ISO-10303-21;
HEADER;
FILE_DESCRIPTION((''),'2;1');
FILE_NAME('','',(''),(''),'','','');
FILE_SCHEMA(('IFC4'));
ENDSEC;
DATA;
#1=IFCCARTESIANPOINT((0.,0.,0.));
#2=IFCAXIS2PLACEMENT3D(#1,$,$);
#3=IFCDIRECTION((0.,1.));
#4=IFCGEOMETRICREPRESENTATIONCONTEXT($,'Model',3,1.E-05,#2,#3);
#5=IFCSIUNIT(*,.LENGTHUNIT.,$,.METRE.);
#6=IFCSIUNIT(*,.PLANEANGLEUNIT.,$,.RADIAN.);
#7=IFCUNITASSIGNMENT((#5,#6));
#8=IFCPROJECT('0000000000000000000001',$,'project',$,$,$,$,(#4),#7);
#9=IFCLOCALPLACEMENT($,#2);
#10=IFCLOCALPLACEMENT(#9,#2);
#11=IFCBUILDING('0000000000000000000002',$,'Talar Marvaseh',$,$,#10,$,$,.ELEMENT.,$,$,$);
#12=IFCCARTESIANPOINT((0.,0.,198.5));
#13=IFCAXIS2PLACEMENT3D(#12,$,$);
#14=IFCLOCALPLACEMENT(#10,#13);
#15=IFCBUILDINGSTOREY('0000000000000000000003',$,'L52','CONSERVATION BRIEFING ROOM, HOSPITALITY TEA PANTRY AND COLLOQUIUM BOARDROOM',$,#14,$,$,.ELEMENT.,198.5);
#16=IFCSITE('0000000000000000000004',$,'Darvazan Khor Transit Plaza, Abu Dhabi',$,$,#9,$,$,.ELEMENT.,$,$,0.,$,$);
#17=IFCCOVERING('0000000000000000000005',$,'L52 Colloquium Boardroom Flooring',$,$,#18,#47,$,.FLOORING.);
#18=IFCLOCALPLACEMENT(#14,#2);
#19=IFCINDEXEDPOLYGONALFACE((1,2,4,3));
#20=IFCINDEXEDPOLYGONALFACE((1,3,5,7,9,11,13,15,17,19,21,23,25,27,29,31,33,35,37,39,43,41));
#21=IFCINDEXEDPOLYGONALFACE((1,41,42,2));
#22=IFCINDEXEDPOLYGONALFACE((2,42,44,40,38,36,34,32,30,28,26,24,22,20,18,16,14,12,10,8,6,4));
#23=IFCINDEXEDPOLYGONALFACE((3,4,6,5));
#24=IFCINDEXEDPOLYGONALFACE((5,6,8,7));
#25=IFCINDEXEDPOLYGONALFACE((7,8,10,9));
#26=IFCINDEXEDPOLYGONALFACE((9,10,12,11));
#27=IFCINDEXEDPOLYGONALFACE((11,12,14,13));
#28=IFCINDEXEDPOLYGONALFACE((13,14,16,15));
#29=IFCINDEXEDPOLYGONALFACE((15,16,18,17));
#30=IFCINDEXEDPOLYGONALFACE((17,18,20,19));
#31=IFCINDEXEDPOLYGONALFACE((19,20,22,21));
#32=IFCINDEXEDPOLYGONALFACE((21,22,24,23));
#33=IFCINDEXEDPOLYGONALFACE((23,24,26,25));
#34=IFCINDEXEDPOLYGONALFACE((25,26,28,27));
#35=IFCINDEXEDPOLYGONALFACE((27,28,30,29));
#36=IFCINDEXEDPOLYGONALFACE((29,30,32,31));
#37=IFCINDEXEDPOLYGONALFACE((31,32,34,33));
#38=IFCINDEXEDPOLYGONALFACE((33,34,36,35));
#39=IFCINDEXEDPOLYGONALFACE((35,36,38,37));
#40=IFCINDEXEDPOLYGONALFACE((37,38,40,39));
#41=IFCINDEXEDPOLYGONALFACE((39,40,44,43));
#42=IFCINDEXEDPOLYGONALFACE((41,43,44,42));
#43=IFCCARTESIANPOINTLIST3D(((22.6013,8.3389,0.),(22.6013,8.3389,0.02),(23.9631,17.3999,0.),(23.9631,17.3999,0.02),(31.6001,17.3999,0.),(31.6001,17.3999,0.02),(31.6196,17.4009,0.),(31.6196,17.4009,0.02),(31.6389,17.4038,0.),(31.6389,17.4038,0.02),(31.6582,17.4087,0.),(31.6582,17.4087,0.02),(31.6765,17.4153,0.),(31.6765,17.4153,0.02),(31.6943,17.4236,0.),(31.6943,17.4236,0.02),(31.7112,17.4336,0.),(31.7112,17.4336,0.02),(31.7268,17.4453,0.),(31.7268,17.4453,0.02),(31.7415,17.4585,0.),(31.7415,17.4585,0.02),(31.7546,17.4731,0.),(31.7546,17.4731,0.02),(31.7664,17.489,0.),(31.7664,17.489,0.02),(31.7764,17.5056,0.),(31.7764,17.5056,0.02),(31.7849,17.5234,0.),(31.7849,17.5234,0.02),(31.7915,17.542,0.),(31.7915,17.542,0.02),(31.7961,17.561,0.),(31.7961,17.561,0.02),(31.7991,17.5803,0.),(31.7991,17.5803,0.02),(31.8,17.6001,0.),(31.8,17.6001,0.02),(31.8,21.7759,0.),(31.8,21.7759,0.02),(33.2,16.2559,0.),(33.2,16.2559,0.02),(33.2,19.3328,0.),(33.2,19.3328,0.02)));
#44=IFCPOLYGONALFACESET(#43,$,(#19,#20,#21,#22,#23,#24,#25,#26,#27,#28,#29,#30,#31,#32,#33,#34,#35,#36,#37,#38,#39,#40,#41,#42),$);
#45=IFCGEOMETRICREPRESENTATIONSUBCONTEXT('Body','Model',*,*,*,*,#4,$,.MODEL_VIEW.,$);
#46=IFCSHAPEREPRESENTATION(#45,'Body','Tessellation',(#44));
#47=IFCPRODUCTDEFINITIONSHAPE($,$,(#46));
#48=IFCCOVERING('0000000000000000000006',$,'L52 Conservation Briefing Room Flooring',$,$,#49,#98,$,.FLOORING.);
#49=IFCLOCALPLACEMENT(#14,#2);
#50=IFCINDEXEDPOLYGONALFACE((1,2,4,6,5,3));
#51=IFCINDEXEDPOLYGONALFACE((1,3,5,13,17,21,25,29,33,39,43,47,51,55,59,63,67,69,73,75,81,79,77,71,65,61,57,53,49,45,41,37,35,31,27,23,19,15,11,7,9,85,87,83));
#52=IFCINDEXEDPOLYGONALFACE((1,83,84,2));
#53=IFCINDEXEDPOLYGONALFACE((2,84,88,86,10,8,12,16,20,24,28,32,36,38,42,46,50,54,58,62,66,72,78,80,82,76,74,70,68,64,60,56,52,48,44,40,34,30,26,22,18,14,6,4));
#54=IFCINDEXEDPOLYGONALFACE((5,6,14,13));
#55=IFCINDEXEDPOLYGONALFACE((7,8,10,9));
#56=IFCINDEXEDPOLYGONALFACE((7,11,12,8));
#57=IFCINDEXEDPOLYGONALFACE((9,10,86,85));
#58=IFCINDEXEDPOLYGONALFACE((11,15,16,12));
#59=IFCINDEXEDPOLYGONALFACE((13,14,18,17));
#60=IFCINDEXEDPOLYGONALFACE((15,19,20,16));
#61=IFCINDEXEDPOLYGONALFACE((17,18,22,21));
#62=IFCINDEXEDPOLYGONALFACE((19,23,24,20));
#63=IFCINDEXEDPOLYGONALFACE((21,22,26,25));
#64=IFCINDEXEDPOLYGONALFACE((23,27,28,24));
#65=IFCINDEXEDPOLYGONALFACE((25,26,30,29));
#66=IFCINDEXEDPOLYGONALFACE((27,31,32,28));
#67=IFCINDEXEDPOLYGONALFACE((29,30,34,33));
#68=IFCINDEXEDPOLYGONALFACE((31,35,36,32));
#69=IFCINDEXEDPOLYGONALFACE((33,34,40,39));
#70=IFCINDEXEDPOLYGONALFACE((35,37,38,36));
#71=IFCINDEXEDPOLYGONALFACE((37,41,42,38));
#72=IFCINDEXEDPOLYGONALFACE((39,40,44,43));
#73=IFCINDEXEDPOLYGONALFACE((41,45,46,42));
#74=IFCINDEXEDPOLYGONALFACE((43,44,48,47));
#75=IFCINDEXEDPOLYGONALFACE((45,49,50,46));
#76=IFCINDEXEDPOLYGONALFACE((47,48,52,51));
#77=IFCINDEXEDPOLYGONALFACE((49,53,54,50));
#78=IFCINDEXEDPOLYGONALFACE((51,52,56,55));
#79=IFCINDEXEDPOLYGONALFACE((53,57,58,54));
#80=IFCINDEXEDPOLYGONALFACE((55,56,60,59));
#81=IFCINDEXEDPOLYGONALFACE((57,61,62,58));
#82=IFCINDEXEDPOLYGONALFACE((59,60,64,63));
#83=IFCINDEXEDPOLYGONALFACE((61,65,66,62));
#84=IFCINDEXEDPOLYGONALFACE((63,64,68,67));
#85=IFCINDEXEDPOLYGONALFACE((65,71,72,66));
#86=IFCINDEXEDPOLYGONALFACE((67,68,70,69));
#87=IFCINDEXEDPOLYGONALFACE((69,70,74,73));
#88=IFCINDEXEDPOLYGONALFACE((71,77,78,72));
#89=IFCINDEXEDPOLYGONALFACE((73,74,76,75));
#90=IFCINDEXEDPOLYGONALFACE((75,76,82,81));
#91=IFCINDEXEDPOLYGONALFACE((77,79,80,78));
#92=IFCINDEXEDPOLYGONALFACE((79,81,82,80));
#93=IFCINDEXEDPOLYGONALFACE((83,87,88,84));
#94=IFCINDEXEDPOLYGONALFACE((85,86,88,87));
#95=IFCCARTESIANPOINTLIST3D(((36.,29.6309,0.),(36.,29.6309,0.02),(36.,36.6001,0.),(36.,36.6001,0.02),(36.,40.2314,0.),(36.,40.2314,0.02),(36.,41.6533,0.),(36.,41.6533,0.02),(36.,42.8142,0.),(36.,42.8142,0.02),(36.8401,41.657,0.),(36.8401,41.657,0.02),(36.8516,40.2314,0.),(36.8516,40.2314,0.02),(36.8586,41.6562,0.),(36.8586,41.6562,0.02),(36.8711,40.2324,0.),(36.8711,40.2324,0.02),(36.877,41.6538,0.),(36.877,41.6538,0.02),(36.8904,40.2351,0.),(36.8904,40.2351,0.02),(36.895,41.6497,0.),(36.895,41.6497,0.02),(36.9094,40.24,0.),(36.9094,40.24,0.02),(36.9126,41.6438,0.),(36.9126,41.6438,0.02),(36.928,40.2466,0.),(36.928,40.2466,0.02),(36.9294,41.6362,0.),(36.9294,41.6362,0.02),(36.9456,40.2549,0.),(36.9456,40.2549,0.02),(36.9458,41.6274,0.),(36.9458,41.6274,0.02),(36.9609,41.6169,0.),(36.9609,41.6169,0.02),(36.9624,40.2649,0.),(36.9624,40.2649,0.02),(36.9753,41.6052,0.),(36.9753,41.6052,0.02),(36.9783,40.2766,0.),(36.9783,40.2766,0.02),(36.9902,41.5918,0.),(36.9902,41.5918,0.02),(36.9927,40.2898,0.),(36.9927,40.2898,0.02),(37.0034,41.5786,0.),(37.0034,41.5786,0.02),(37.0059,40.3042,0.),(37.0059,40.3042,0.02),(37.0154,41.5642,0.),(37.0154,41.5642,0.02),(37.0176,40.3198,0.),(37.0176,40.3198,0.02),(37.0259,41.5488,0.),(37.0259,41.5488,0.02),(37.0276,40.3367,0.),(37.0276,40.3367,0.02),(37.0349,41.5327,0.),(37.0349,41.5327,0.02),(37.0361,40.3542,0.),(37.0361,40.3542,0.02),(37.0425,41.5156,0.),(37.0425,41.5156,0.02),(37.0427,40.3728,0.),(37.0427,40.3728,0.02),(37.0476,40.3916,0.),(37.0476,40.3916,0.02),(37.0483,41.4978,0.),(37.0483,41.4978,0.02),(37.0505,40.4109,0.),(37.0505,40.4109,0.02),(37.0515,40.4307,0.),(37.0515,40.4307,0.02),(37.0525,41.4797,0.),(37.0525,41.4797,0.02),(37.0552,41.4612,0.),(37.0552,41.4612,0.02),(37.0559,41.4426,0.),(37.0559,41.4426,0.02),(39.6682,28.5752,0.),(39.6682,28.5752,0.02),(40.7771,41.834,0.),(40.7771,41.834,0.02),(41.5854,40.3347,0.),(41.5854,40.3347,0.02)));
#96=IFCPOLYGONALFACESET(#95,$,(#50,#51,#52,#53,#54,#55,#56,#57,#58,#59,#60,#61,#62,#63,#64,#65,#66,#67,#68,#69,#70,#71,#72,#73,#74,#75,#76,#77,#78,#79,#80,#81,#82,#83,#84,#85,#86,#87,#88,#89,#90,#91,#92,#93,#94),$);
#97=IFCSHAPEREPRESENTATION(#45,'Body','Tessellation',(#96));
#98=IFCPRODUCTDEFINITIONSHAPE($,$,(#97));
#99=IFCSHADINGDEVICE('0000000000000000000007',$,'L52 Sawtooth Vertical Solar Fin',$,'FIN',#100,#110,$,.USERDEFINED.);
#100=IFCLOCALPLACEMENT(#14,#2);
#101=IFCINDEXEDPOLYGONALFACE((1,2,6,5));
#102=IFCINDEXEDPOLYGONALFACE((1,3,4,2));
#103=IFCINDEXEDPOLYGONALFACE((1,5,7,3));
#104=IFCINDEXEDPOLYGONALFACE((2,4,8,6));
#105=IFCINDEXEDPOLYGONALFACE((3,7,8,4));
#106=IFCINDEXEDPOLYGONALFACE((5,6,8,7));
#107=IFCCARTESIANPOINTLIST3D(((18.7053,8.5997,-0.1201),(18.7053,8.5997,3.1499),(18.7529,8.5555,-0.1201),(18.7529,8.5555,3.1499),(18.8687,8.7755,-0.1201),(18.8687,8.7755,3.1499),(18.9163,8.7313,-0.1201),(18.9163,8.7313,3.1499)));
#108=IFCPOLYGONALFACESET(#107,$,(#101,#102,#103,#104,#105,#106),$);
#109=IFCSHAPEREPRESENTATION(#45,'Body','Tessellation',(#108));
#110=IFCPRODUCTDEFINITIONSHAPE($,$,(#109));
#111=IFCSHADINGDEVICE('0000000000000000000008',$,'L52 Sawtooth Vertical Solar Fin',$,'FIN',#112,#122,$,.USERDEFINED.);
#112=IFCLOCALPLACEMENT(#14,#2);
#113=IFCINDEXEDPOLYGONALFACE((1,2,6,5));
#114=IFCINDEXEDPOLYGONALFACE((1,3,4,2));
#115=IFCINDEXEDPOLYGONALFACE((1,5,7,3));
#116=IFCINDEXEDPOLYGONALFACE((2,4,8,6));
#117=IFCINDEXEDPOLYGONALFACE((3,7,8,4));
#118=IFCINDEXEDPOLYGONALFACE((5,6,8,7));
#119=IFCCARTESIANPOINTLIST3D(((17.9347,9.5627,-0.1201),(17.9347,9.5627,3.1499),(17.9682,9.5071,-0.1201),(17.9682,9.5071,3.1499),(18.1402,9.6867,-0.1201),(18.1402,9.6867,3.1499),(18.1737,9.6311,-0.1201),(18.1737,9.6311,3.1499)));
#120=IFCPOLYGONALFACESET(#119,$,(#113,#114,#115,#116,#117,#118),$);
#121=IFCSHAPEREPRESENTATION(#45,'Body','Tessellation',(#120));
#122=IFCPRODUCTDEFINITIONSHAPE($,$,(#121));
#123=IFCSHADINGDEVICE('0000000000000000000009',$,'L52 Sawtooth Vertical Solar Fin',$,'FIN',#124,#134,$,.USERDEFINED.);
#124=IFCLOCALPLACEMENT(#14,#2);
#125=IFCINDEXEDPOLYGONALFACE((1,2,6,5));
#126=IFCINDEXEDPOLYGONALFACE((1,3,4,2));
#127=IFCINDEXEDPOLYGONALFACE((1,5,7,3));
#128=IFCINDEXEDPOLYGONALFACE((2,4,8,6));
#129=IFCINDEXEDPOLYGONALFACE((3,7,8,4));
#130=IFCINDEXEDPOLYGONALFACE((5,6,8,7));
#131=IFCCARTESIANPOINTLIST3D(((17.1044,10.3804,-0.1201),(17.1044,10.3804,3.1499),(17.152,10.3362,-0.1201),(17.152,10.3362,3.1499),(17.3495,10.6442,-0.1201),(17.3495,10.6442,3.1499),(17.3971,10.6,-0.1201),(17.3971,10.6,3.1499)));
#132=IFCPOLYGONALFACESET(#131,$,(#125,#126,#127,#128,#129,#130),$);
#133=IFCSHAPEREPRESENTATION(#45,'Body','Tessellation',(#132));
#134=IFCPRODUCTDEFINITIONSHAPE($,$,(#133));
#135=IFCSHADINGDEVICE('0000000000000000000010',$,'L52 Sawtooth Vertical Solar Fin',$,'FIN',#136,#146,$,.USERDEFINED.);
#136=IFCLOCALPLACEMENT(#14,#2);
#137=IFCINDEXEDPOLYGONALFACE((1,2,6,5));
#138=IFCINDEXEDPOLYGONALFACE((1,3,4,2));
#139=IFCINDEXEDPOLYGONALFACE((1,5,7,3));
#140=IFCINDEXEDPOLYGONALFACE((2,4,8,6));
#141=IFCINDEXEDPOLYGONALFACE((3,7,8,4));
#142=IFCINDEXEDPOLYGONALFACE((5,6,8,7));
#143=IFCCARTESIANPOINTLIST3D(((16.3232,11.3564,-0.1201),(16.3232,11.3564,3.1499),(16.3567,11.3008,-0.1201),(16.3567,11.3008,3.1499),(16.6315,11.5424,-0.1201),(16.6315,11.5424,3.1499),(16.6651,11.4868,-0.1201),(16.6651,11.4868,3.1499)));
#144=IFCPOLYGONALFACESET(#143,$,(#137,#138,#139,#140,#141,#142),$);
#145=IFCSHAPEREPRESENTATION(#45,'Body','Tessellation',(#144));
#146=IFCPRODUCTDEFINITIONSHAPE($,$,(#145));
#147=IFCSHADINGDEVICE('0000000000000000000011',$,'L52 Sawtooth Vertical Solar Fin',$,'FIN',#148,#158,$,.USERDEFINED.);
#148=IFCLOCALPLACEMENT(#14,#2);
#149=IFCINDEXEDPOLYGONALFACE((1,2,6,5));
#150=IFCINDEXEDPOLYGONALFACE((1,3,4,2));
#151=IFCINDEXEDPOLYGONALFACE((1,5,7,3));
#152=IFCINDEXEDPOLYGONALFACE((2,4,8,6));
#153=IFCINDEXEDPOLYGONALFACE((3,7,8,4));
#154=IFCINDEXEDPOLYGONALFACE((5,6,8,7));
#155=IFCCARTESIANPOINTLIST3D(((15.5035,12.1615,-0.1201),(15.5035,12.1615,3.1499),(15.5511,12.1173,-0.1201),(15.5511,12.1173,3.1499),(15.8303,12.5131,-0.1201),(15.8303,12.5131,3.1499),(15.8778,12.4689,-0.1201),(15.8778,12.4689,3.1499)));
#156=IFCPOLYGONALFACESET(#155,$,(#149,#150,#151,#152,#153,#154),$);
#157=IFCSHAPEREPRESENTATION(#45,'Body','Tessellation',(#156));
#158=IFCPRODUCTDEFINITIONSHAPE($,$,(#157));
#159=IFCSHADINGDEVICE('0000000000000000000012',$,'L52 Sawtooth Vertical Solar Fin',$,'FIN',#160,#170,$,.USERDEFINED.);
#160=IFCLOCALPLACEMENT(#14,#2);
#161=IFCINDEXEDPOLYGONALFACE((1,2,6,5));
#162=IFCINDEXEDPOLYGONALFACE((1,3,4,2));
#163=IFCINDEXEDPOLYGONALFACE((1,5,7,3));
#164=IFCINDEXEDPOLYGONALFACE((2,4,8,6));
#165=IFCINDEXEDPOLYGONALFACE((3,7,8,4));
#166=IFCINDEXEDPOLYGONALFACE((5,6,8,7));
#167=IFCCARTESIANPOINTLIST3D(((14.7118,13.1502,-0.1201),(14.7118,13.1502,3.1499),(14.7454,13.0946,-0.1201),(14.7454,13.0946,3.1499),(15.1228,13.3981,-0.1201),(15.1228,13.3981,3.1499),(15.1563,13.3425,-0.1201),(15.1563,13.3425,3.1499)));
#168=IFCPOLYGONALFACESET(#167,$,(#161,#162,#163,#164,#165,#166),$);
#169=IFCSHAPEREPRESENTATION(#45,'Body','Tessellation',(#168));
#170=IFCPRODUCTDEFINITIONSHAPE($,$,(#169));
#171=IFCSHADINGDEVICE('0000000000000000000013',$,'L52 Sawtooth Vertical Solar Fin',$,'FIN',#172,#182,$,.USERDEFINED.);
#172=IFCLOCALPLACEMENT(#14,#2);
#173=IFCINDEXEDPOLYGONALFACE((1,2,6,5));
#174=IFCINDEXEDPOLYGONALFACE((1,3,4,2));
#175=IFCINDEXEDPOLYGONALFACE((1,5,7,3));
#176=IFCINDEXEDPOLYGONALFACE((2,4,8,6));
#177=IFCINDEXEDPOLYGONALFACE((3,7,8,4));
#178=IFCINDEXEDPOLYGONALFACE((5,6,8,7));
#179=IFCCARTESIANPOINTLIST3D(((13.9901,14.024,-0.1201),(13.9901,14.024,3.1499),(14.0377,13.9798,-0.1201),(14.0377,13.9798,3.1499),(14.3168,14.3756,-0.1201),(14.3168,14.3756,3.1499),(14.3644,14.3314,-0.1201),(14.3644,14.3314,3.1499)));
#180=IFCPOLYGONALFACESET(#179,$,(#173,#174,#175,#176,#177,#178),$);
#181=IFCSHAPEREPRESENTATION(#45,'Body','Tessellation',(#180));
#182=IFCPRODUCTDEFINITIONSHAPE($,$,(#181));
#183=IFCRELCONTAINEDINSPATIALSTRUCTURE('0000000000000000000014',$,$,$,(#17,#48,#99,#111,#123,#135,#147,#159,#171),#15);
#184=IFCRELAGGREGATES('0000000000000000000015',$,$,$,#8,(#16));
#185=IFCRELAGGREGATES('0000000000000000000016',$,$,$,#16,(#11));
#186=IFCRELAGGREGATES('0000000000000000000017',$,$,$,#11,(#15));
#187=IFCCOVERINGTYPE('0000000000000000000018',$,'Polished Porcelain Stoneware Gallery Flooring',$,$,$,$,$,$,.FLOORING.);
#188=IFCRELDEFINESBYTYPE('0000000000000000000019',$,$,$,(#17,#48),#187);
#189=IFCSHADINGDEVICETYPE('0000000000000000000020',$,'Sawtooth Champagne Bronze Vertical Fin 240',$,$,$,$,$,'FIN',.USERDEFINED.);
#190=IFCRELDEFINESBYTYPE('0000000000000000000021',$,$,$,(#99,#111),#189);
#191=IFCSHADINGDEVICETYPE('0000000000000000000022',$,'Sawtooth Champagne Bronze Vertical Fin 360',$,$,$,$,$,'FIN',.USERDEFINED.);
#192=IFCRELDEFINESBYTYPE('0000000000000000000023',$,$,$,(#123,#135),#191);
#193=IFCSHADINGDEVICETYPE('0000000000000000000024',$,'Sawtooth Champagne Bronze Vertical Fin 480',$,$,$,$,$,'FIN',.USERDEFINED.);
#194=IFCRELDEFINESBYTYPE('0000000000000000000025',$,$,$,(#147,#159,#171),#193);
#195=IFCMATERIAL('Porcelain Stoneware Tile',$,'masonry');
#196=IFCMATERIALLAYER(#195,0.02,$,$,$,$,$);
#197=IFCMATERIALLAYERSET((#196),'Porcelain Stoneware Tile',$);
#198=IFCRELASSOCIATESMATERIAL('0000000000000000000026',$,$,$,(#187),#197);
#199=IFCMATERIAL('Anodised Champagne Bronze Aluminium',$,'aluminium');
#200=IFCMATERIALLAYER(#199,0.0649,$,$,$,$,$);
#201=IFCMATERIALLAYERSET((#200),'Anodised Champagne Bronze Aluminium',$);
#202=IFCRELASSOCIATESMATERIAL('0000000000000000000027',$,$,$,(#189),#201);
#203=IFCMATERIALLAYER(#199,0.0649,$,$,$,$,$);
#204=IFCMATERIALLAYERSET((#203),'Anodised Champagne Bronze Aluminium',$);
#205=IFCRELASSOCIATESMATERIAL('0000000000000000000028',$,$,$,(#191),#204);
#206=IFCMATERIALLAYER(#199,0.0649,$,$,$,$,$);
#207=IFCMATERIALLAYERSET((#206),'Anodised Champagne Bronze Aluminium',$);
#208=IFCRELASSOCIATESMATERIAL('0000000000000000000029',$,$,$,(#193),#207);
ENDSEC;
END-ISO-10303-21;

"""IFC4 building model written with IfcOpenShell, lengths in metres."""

from ifc_helpers import new_model, si_unit, direction, frame, origin, origin_2d, place, context, subcontext, project, spatial, polyline, rectangle, outline, extrude, source, transform, mapped, material, layer, layer_set, type_object, type_shapes, element, save


model = new_model("IFC4")

# Units and contexts
model_context = context("Model", 3, precision=1e-05, world=origin(), true_north=direction((0.0, 1.0)))
body_context = subcontext(model_context, "Body", "Model", "MODEL_VIEW")
ifc_project = project(units=[si_unit("LENGTHUNIT", "METRE"), si_unit("PLANEANGLEUNIT", "RADIAN")], contexts=[model_context])

# Site, building, storey
site_placement = place(None, origin())
site = spatial("IfcSite", under=ifc_project, at=site_placement, Name="Darvazan Khor Transit Plaza, Abu Dhabi", CompositionType="ELEMENT", RefElevation=0.0)
building_placement = place(site_placement, origin())
building = spatial("IfcBuilding", under=site, at=building_placement, Name="Talar Marvaseh", CompositionType="ELEMENT")
storey_placement = place(building_placement, frame((0.0, 0.0, 198.5)))
storey = spatial("IfcBuildingStorey", under=building, at=storey_placement, Name="L52", Description="CONSERVATION BRIEFING ROOM, HOSPITALITY TEA PANTRY AND COLLOQUIUM BOARDROOM", CompositionType="ELEMENT", Elevation=198.5)

# Coverings
ifc_material_1 = material(Name="Porcelain Stoneware Tile", Category="masonry")
ifc_layer_1 = layer(ifc_material_1, 0.02)
ifc_layer_set_1 = layer_set([ifc_layer_1], Name="Porcelain Stoneware Tile")
covering_type_1 = type_object("IfcCoveringType", Name="Polished Porcelain Stoneware Gallery Flooring", PredefinedType="FLOORING", material=ifc_layer_set_1)
covering_1_placement = place(storey_placement, origin())
element("IfcCovering", 1, at=covering_1_placement, inside=storey, type_object=covering_type_1, Name="L52 Colloquium Boardroom Flooring", PredefinedType="FLOORING", context=body_context, shape_type="SweptSolid", body=[
    extrude(outline(polyline([(31.6196, 17.4009), (31.6389, 17.4038), (31.6582, 17.4087), (31.6765, 17.4153), (31.6943, 17.4236), (31.7112, 17.4336), (31.7268, 17.4453), (31.7415, 17.4585), (31.7546, 17.4731), (31.7664, 17.489), (31.7764, 17.5056), (31.7849, 17.5234), (31.7915, 17.542), (31.7961, 17.561), (31.7991, 17.5803), (31.8, 17.6001), (31.8, 21.7759), (33.2, 19.3328), (33.2, 16.2559), (22.6013, 8.3389), (23.9631, 17.3999), (31.6001, 17.3999), (31.6196, 17.4009)])), origin(), (0.0, 0.0, 1.0), 0.02),
])
covering_2_placement = place(storey_placement, origin())
element("IfcCovering", 2, at=covering_2_placement, inside=storey, type_object=covering_type_1, Name="L52 Conservation Briefing Room Flooring", PredefinedType="FLOORING", context=body_context, shape_type="SweptSolid", body=[
    extrude(outline(polyline([(41.5854, 40.3347), (39.6682, 28.5752), (36.0, 29.6309), (36.0, 36.6001), (36.0, 40.2314), (36.8516, 40.2314), (36.8711, 40.2324), (36.8904, 40.2351), (36.9094, 40.24), (36.928, 40.2466), (36.9456, 40.2549), (36.9624, 40.2649), (36.9783, 40.2766), (36.9927, 40.2898), (37.0059, 40.3042), (37.0176, 40.3198), (37.0276, 40.3367), (37.0361, 40.3542), (37.0427, 40.3728), (37.0476, 40.3916), (37.0505, 40.4109), (37.0515, 40.4307), (37.0559, 41.4426), (37.0552, 41.4612), (37.0525, 41.4797), (37.0483, 41.4978), (37.0425, 41.5156), (37.0349, 41.5327), (37.0259, 41.5488), (37.0154, 41.5642), (37.0034, 41.5786), (36.9902, 41.5918), (36.9753, 41.6052), (36.9609, 41.6169), (36.9458, 41.6274), (36.9294, 41.6362), (36.9126, 41.6438), (36.895, 41.6497), (36.877, 41.6538), (36.8586, 41.6562), (36.8401, 41.657), (36.0, 41.6533), (36.0, 42.8142), (40.7771, 41.834), (41.5854, 40.3347)])), origin(), (0.0, 0.0, 1.0), 0.02),
])

# Shading devices
ifc_material_2 = material(Name="Anodised Champagne Bronze Aluminium", Category="aluminium")
ifc_layer_2 = layer(ifc_material_2, 0.0649)
ifc_layer_set_2 = layer_set([ifc_layer_2], Name="Anodised Champagne Bronze Aluminium")
shading_device_type_1 = type_object("IfcShadingDeviceType", Name="Sawtooth Champagne Bronze Vertical Fin 240", ElementType="FIN", PredefinedType="USERDEFINED", material=ifc_layer_set_2)
shared_shape_1 = source(origin(), body_context, "Body", "SweptSolid", [
    extrude(rectangle(XDim=0.24, YDim=0.0649, at=origin_2d()), origin(), (0.0, 0.0, 1.0), 3.27),
])
type_shapes(shading_device_type_1, [shared_shape_1])
for number, where, z_axis, x_axis, name in (
    (3, (18.8108, 8.6655, -0.1201), (0.0, 0.0, 1.0), (-0.680721, -0.732543, 0.0), "L52 Sawtooth Vertical Solar Fin"),
    (4, (18.0542, 9.5969, -0.1201), (0.0, 0.0, 1.0), (-0.856267, -0.516533, 0.0), "L52 Sawtooth Vertical Solar Fin"),
):
    element("IfcShadingDevice", number, at=place(storey_placement, frame(where, z_axis=z_axis, x_axis=x_axis)), inside=storey, type_object=shading_device_type_1, Name=name, ObjectType="FIN", PredefinedType="USERDEFINED", context=body_context, shape_type="MappedRepresentation", body=[
        mapped(shared_shape_1, transform((0.0, 0.0, 0.0), x_axis=(1.0, 0.0, 0.0), y_axis=(0.0, 1.0, 0.0), z_axis=(0.0, 0.0, 1.0), scale=1.0)),
    ])
ifc_layer_3 = layer(ifc_material_2, 0.0649)
ifc_layer_set_3 = layer_set([ifc_layer_3], Name="Anodised Champagne Bronze Aluminium")
shading_device_type_2 = type_object("IfcShadingDeviceType", Name="Sawtooth Champagne Bronze Vertical Fin 360", ElementType="FIN", PredefinedType="USERDEFINED", material=ifc_layer_set_3)
shared_shape_2 = source(origin(), body_context, "Body", "SweptSolid", [
    extrude(rectangle(XDim=0.3601, YDim=0.0649, at=origin_2d()), origin(), (0.0, 0.0, 1.0), 3.27),
])
type_shapes(shading_device_type_2, [shared_shape_2])
for number, where, z_axis, x_axis, name in (
    (5, (17.2507, 10.4902, -0.1201), (0.0, 0.0, 1.0), (-0.680721, -0.732543, 0.0), "L52 Sawtooth Vertical Solar Fin"),
    (6, (16.4941, 11.4216, -0.1201), (0.0, 0.0, 1.0), (-0.856267, -0.516533, 0.0), "L52 Sawtooth Vertical Solar Fin"),
):
    element("IfcShadingDevice", number, at=place(storey_placement, frame(where, z_axis=z_axis, x_axis=x_axis)), inside=storey, type_object=shading_device_type_2, Name=name, ObjectType="FIN", PredefinedType="USERDEFINED", context=body_context, shape_type="MappedRepresentation", body=[
        mapped(shared_shape_2, transform((0.0, 0.0, 0.0), x_axis=(1.0, 0.0, 0.0), y_axis=(0.0, 1.0, 0.0), z_axis=(0.0, 0.0, 1.0), scale=1.0)),
    ])
ifc_layer_4 = layer(ifc_material_2, 0.0649)
ifc_layer_set_4 = layer_set([ifc_layer_4], Name="Anodised Champagne Bronze Aluminium")
shading_device_type_3 = type_object("IfcShadingDeviceType", Name="Sawtooth Champagne Bronze Vertical Fin 480", ElementType="FIN", PredefinedType="USERDEFINED", material=ifc_layer_set_4)
shared_shape_3 = source(origin(), body_context, "Body", "SweptSolid", [
    extrude(rectangle(XDim=0.48, YDim=0.0649, at=origin_2d()), origin(), (0.0, 0.0, 1.0), 3.27),
])
type_shapes(shading_device_type_3, [shared_shape_3])
for number, where, z_axis, x_axis, name in (
    (7, (15.6907, 12.3152, -0.1201), (0.0, 0.0, 1.0), (-0.680721, -0.732543, 0.0), "L52 Sawtooth Vertical Solar Fin"),
    (8, (14.9341, 13.2463, -0.1201), (0.0, 0.0, 1.0), (-0.856267, -0.516533, 0.0), "L52 Sawtooth Vertical Solar Fin"),
    (9, (14.1772, 14.1777, -0.1201), (0.0, 0.0, 1.0), (-0.680721, -0.732543, 0.0), "L52 Sawtooth Vertical Solar Fin"),
):
    element("IfcShadingDevice", number, at=place(storey_placement, frame(where, z_axis=z_axis, x_axis=x_axis)), inside=storey, type_object=shading_device_type_3, Name=name, ObjectType="FIN", PredefinedType="USERDEFINED", context=body_context, shape_type="MappedRepresentation", body=[
        mapped(shared_shape_3, transform((0.0, 0.0, 0.0), x_axis=(1.0, 0.0, 0.0), y_axis=(0.0, 1.0, 0.0), z_axis=(0.0, 0.0, 1.0), scale=1.0)),
    ])

save(model, "model.ifc")
